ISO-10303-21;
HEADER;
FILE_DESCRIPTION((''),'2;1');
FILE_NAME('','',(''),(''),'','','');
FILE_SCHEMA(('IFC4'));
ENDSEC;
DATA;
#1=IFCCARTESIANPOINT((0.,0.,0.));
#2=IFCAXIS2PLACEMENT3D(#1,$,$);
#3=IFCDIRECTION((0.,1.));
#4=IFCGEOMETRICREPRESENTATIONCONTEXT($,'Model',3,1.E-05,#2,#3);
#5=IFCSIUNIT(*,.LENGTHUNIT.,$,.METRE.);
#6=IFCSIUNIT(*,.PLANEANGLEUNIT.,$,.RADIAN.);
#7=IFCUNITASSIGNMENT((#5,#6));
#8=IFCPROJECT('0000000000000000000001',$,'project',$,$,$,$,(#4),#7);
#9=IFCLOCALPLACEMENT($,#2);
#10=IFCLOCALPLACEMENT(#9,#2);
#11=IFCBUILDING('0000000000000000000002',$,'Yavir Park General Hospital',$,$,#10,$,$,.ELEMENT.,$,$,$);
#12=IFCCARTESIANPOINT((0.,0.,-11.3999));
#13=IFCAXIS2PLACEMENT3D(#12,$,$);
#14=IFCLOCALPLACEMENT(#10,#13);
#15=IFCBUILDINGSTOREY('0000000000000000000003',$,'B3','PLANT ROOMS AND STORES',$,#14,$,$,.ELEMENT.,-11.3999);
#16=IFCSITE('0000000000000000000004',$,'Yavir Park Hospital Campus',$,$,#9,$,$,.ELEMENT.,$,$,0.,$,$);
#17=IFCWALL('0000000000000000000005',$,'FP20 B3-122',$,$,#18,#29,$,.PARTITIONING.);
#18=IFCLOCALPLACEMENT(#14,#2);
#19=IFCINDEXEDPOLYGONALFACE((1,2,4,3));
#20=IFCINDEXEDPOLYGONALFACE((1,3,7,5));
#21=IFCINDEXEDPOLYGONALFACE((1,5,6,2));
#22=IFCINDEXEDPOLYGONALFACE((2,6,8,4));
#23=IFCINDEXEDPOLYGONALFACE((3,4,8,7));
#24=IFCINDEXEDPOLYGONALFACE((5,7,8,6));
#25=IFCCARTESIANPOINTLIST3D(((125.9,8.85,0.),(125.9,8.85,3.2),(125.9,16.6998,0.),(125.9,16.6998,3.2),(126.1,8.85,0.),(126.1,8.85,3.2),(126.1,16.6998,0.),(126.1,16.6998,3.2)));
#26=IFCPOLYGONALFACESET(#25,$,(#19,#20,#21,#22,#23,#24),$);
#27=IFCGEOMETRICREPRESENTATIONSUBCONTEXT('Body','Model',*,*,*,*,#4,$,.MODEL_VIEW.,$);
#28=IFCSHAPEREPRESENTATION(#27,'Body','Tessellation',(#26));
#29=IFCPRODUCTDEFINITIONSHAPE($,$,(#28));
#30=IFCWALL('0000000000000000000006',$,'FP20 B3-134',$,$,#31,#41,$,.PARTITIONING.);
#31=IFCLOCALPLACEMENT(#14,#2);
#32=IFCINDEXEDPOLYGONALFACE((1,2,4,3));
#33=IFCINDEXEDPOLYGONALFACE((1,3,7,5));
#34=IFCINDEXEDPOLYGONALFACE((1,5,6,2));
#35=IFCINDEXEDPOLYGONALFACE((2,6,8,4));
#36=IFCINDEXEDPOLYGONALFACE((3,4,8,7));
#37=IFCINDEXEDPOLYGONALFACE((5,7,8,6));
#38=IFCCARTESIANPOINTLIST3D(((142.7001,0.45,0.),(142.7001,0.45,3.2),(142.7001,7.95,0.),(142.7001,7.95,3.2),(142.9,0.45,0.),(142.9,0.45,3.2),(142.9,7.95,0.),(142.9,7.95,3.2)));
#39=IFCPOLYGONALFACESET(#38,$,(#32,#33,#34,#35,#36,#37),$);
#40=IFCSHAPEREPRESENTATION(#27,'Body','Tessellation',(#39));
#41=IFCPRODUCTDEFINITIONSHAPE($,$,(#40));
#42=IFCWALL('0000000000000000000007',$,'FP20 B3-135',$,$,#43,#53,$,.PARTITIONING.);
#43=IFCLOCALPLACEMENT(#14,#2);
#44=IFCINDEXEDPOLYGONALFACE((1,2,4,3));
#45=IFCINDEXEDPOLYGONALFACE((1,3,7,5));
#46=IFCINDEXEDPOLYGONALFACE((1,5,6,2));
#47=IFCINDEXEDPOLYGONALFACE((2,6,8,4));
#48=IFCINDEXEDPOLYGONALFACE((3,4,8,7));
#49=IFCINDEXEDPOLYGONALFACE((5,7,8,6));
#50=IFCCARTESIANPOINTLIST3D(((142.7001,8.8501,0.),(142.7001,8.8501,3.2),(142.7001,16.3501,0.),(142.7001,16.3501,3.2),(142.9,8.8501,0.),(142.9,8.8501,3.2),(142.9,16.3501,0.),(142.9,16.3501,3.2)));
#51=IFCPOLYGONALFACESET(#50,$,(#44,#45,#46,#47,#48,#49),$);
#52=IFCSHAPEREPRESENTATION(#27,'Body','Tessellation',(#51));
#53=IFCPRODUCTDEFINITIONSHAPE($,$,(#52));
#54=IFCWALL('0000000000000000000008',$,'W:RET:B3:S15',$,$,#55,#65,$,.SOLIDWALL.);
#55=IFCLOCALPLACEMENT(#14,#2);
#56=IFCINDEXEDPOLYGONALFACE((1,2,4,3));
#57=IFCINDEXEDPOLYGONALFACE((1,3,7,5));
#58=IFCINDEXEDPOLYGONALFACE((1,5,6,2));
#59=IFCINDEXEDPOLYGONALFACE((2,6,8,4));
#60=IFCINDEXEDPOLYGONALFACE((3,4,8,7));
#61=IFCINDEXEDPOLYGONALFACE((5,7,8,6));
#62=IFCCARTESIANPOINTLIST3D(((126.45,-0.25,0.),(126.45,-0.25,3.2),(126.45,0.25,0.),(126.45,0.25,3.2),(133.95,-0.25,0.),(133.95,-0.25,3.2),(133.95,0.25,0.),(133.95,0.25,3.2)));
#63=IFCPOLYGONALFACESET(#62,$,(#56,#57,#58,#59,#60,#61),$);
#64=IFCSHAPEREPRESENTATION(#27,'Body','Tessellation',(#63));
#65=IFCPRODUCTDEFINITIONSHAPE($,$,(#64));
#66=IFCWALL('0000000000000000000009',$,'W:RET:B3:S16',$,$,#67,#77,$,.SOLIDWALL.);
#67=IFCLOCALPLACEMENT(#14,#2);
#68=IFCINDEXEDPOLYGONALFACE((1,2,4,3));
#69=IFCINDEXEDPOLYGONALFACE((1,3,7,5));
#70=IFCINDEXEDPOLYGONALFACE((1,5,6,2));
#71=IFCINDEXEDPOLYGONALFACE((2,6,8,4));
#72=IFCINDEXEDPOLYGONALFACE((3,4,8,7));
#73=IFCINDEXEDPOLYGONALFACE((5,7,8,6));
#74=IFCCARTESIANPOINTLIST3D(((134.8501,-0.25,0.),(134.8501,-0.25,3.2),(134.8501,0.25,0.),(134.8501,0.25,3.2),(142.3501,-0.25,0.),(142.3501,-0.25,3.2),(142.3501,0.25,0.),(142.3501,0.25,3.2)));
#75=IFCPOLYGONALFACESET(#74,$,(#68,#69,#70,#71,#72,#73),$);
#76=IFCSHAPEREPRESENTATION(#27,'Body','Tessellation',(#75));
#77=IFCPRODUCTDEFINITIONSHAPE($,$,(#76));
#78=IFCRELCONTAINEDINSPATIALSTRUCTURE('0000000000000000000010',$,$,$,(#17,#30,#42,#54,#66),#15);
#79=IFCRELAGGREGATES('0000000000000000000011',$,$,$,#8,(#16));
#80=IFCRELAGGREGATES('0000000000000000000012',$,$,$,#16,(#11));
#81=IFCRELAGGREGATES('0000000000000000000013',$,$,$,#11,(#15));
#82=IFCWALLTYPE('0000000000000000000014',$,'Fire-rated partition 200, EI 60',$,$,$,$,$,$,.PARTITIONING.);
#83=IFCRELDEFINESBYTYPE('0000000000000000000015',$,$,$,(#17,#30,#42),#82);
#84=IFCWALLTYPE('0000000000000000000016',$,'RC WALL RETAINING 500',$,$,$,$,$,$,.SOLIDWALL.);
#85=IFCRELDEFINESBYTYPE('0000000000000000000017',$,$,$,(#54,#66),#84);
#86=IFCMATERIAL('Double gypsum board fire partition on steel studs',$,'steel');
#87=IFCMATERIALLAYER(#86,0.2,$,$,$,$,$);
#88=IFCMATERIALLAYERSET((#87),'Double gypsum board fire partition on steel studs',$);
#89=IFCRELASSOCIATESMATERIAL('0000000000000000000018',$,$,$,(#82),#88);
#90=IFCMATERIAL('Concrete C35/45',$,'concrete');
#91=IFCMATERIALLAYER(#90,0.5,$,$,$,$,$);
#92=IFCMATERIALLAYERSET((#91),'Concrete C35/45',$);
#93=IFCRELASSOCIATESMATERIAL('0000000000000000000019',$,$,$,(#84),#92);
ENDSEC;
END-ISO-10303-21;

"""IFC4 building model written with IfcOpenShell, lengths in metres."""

from ifc_helpers import new_model, si_unit, direction, frame, frame_2d, origin, place, context, subcontext, project, spatial, rectangle, extrude, material, layer, layer_set, type_object, element, save


model = new_model("IFC4")

# Units and contexts
model_context = context("Model", 3, precision=1e-05, world=origin(), true_north=direction((0.0, 1.0)))
body_context = subcontext(model_context, "Body", "Model", "MODEL_VIEW")
ifc_project = project(units=[si_unit("LENGTHUNIT", "METRE"), si_unit("PLANEANGLEUNIT", "RADIAN")], contexts=[model_context])

# Site, building, storey
site_placement = place(None, origin())
site = spatial("IfcSite", under=ifc_project, at=site_placement, Name="Yavir Park Hospital Campus", CompositionType="ELEMENT", RefElevation=0.0)
building_placement = place(site_placement, origin())
building = spatial("IfcBuilding", under=site, at=building_placement, Name="Yavir Park General Hospital", CompositionType="ELEMENT")
storey_placement = place(building_placement, frame((0.0, 0.0, -11.3999)))
storey = spatial("IfcBuildingStorey", under=building, at=storey_placement, Name="B3", Description="PLANT ROOMS AND STORES", CompositionType="ELEMENT", Elevation=-11.3999)

# Shared definitions
ifc_material_1 = material(Name="Double gypsum board fire partition on steel studs", Category="steel")
ifc_layer_1 = layer(ifc_material_1, 0.2)
ifc_layer_set_1 = layer_set([ifc_layer_1], Name="Double gypsum board fire partition on steel studs")
wall_type_1 = type_object("IfcWallType", Name="Fire-rated partition 200, EI 60", PredefinedType="PARTITIONING", material=ifc_layer_set_1)

# Walls
wall_1_placement = place(storey_placement, frame((126.0, 8.8501, 0.0), z_axis=(0.0, 0.0, 1.0), x_axis=(0.0, 1.0, 0.0)))
element("IfcWall", 1, at=wall_1_placement, inside=storey, type_object=wall_type_1, Name="FP20 B3-122", PredefinedType="PARTITIONING", context=body_context, shape_type="SweptSolid", body=[
    extrude(rectangle(XDim=7.8499, YDim=0.2, at=frame_2d((3.9248, 0.0))), origin(), (0.0, 0.0, 1.0), 3.2),
])
for number, where, z_axis, x_axis, name in (
    (2, (142.8, 0.45, 0.0), (0.0, 0.0, 1.0), (0.0, 1.0, 0.0), "FP20 B3-134"),
    (3, (142.8, 8.8501, 0.0), (0.0, 0.0, 1.0), (0.0, 1.0, 0.0), "FP20 B3-135"),
):
    element("IfcWall", number, at=place(storey_placement, frame(where, z_axis=z_axis, x_axis=x_axis)), inside=storey, type_object=wall_type_1, Name=name, PredefinedType="PARTITIONING", context=body_context, shape_type="SweptSolid", body=[
        extrude(rectangle(XDim=7.5, YDim=0.2, at=frame_2d((3.75, 0.0))), origin(), (0.0, 0.0, 1.0), 3.2),
    ])
ifc_material_2 = material(Name="Concrete C35/45", Category="concrete")
ifc_layer_2 = layer(ifc_material_2, 0.5)
ifc_layer_set_2 = layer_set([ifc_layer_2], Name="Concrete C35/45")
wall_type_2 = type_object("IfcWallType", Name="RC WALL RETAINING 500", PredefinedType="SOLIDWALL", material=ifc_layer_set_2)
for number, where, z_axis, x_axis, name in (
    (4, (126.45, 0.0, 0.0), (0.0, 0.0, 1.0), (1.0, 0.0, 0.0), "W:RET:B3:S15"),
    (5, (134.8501, 0.0, 0.0), (0.0, 0.0, 1.0), (1.0, 0.0, 0.0), "W:RET:B3:S16"),
):
    element("IfcWall", number, at=place(storey_placement, frame(where, z_axis=z_axis, x_axis=x_axis)), inside=storey, type_object=wall_type_2, Name=name, PredefinedType="SOLIDWALL", context=body_context, shape_type="SweptSolid", body=[
        extrude(rectangle(XDim=7.5, YDim=0.5, at=frame_2d((3.75, 0.0))), origin(), (0.0, 0.0, 1.0), 3.2),
    ])

save(model, "model.ifc")
